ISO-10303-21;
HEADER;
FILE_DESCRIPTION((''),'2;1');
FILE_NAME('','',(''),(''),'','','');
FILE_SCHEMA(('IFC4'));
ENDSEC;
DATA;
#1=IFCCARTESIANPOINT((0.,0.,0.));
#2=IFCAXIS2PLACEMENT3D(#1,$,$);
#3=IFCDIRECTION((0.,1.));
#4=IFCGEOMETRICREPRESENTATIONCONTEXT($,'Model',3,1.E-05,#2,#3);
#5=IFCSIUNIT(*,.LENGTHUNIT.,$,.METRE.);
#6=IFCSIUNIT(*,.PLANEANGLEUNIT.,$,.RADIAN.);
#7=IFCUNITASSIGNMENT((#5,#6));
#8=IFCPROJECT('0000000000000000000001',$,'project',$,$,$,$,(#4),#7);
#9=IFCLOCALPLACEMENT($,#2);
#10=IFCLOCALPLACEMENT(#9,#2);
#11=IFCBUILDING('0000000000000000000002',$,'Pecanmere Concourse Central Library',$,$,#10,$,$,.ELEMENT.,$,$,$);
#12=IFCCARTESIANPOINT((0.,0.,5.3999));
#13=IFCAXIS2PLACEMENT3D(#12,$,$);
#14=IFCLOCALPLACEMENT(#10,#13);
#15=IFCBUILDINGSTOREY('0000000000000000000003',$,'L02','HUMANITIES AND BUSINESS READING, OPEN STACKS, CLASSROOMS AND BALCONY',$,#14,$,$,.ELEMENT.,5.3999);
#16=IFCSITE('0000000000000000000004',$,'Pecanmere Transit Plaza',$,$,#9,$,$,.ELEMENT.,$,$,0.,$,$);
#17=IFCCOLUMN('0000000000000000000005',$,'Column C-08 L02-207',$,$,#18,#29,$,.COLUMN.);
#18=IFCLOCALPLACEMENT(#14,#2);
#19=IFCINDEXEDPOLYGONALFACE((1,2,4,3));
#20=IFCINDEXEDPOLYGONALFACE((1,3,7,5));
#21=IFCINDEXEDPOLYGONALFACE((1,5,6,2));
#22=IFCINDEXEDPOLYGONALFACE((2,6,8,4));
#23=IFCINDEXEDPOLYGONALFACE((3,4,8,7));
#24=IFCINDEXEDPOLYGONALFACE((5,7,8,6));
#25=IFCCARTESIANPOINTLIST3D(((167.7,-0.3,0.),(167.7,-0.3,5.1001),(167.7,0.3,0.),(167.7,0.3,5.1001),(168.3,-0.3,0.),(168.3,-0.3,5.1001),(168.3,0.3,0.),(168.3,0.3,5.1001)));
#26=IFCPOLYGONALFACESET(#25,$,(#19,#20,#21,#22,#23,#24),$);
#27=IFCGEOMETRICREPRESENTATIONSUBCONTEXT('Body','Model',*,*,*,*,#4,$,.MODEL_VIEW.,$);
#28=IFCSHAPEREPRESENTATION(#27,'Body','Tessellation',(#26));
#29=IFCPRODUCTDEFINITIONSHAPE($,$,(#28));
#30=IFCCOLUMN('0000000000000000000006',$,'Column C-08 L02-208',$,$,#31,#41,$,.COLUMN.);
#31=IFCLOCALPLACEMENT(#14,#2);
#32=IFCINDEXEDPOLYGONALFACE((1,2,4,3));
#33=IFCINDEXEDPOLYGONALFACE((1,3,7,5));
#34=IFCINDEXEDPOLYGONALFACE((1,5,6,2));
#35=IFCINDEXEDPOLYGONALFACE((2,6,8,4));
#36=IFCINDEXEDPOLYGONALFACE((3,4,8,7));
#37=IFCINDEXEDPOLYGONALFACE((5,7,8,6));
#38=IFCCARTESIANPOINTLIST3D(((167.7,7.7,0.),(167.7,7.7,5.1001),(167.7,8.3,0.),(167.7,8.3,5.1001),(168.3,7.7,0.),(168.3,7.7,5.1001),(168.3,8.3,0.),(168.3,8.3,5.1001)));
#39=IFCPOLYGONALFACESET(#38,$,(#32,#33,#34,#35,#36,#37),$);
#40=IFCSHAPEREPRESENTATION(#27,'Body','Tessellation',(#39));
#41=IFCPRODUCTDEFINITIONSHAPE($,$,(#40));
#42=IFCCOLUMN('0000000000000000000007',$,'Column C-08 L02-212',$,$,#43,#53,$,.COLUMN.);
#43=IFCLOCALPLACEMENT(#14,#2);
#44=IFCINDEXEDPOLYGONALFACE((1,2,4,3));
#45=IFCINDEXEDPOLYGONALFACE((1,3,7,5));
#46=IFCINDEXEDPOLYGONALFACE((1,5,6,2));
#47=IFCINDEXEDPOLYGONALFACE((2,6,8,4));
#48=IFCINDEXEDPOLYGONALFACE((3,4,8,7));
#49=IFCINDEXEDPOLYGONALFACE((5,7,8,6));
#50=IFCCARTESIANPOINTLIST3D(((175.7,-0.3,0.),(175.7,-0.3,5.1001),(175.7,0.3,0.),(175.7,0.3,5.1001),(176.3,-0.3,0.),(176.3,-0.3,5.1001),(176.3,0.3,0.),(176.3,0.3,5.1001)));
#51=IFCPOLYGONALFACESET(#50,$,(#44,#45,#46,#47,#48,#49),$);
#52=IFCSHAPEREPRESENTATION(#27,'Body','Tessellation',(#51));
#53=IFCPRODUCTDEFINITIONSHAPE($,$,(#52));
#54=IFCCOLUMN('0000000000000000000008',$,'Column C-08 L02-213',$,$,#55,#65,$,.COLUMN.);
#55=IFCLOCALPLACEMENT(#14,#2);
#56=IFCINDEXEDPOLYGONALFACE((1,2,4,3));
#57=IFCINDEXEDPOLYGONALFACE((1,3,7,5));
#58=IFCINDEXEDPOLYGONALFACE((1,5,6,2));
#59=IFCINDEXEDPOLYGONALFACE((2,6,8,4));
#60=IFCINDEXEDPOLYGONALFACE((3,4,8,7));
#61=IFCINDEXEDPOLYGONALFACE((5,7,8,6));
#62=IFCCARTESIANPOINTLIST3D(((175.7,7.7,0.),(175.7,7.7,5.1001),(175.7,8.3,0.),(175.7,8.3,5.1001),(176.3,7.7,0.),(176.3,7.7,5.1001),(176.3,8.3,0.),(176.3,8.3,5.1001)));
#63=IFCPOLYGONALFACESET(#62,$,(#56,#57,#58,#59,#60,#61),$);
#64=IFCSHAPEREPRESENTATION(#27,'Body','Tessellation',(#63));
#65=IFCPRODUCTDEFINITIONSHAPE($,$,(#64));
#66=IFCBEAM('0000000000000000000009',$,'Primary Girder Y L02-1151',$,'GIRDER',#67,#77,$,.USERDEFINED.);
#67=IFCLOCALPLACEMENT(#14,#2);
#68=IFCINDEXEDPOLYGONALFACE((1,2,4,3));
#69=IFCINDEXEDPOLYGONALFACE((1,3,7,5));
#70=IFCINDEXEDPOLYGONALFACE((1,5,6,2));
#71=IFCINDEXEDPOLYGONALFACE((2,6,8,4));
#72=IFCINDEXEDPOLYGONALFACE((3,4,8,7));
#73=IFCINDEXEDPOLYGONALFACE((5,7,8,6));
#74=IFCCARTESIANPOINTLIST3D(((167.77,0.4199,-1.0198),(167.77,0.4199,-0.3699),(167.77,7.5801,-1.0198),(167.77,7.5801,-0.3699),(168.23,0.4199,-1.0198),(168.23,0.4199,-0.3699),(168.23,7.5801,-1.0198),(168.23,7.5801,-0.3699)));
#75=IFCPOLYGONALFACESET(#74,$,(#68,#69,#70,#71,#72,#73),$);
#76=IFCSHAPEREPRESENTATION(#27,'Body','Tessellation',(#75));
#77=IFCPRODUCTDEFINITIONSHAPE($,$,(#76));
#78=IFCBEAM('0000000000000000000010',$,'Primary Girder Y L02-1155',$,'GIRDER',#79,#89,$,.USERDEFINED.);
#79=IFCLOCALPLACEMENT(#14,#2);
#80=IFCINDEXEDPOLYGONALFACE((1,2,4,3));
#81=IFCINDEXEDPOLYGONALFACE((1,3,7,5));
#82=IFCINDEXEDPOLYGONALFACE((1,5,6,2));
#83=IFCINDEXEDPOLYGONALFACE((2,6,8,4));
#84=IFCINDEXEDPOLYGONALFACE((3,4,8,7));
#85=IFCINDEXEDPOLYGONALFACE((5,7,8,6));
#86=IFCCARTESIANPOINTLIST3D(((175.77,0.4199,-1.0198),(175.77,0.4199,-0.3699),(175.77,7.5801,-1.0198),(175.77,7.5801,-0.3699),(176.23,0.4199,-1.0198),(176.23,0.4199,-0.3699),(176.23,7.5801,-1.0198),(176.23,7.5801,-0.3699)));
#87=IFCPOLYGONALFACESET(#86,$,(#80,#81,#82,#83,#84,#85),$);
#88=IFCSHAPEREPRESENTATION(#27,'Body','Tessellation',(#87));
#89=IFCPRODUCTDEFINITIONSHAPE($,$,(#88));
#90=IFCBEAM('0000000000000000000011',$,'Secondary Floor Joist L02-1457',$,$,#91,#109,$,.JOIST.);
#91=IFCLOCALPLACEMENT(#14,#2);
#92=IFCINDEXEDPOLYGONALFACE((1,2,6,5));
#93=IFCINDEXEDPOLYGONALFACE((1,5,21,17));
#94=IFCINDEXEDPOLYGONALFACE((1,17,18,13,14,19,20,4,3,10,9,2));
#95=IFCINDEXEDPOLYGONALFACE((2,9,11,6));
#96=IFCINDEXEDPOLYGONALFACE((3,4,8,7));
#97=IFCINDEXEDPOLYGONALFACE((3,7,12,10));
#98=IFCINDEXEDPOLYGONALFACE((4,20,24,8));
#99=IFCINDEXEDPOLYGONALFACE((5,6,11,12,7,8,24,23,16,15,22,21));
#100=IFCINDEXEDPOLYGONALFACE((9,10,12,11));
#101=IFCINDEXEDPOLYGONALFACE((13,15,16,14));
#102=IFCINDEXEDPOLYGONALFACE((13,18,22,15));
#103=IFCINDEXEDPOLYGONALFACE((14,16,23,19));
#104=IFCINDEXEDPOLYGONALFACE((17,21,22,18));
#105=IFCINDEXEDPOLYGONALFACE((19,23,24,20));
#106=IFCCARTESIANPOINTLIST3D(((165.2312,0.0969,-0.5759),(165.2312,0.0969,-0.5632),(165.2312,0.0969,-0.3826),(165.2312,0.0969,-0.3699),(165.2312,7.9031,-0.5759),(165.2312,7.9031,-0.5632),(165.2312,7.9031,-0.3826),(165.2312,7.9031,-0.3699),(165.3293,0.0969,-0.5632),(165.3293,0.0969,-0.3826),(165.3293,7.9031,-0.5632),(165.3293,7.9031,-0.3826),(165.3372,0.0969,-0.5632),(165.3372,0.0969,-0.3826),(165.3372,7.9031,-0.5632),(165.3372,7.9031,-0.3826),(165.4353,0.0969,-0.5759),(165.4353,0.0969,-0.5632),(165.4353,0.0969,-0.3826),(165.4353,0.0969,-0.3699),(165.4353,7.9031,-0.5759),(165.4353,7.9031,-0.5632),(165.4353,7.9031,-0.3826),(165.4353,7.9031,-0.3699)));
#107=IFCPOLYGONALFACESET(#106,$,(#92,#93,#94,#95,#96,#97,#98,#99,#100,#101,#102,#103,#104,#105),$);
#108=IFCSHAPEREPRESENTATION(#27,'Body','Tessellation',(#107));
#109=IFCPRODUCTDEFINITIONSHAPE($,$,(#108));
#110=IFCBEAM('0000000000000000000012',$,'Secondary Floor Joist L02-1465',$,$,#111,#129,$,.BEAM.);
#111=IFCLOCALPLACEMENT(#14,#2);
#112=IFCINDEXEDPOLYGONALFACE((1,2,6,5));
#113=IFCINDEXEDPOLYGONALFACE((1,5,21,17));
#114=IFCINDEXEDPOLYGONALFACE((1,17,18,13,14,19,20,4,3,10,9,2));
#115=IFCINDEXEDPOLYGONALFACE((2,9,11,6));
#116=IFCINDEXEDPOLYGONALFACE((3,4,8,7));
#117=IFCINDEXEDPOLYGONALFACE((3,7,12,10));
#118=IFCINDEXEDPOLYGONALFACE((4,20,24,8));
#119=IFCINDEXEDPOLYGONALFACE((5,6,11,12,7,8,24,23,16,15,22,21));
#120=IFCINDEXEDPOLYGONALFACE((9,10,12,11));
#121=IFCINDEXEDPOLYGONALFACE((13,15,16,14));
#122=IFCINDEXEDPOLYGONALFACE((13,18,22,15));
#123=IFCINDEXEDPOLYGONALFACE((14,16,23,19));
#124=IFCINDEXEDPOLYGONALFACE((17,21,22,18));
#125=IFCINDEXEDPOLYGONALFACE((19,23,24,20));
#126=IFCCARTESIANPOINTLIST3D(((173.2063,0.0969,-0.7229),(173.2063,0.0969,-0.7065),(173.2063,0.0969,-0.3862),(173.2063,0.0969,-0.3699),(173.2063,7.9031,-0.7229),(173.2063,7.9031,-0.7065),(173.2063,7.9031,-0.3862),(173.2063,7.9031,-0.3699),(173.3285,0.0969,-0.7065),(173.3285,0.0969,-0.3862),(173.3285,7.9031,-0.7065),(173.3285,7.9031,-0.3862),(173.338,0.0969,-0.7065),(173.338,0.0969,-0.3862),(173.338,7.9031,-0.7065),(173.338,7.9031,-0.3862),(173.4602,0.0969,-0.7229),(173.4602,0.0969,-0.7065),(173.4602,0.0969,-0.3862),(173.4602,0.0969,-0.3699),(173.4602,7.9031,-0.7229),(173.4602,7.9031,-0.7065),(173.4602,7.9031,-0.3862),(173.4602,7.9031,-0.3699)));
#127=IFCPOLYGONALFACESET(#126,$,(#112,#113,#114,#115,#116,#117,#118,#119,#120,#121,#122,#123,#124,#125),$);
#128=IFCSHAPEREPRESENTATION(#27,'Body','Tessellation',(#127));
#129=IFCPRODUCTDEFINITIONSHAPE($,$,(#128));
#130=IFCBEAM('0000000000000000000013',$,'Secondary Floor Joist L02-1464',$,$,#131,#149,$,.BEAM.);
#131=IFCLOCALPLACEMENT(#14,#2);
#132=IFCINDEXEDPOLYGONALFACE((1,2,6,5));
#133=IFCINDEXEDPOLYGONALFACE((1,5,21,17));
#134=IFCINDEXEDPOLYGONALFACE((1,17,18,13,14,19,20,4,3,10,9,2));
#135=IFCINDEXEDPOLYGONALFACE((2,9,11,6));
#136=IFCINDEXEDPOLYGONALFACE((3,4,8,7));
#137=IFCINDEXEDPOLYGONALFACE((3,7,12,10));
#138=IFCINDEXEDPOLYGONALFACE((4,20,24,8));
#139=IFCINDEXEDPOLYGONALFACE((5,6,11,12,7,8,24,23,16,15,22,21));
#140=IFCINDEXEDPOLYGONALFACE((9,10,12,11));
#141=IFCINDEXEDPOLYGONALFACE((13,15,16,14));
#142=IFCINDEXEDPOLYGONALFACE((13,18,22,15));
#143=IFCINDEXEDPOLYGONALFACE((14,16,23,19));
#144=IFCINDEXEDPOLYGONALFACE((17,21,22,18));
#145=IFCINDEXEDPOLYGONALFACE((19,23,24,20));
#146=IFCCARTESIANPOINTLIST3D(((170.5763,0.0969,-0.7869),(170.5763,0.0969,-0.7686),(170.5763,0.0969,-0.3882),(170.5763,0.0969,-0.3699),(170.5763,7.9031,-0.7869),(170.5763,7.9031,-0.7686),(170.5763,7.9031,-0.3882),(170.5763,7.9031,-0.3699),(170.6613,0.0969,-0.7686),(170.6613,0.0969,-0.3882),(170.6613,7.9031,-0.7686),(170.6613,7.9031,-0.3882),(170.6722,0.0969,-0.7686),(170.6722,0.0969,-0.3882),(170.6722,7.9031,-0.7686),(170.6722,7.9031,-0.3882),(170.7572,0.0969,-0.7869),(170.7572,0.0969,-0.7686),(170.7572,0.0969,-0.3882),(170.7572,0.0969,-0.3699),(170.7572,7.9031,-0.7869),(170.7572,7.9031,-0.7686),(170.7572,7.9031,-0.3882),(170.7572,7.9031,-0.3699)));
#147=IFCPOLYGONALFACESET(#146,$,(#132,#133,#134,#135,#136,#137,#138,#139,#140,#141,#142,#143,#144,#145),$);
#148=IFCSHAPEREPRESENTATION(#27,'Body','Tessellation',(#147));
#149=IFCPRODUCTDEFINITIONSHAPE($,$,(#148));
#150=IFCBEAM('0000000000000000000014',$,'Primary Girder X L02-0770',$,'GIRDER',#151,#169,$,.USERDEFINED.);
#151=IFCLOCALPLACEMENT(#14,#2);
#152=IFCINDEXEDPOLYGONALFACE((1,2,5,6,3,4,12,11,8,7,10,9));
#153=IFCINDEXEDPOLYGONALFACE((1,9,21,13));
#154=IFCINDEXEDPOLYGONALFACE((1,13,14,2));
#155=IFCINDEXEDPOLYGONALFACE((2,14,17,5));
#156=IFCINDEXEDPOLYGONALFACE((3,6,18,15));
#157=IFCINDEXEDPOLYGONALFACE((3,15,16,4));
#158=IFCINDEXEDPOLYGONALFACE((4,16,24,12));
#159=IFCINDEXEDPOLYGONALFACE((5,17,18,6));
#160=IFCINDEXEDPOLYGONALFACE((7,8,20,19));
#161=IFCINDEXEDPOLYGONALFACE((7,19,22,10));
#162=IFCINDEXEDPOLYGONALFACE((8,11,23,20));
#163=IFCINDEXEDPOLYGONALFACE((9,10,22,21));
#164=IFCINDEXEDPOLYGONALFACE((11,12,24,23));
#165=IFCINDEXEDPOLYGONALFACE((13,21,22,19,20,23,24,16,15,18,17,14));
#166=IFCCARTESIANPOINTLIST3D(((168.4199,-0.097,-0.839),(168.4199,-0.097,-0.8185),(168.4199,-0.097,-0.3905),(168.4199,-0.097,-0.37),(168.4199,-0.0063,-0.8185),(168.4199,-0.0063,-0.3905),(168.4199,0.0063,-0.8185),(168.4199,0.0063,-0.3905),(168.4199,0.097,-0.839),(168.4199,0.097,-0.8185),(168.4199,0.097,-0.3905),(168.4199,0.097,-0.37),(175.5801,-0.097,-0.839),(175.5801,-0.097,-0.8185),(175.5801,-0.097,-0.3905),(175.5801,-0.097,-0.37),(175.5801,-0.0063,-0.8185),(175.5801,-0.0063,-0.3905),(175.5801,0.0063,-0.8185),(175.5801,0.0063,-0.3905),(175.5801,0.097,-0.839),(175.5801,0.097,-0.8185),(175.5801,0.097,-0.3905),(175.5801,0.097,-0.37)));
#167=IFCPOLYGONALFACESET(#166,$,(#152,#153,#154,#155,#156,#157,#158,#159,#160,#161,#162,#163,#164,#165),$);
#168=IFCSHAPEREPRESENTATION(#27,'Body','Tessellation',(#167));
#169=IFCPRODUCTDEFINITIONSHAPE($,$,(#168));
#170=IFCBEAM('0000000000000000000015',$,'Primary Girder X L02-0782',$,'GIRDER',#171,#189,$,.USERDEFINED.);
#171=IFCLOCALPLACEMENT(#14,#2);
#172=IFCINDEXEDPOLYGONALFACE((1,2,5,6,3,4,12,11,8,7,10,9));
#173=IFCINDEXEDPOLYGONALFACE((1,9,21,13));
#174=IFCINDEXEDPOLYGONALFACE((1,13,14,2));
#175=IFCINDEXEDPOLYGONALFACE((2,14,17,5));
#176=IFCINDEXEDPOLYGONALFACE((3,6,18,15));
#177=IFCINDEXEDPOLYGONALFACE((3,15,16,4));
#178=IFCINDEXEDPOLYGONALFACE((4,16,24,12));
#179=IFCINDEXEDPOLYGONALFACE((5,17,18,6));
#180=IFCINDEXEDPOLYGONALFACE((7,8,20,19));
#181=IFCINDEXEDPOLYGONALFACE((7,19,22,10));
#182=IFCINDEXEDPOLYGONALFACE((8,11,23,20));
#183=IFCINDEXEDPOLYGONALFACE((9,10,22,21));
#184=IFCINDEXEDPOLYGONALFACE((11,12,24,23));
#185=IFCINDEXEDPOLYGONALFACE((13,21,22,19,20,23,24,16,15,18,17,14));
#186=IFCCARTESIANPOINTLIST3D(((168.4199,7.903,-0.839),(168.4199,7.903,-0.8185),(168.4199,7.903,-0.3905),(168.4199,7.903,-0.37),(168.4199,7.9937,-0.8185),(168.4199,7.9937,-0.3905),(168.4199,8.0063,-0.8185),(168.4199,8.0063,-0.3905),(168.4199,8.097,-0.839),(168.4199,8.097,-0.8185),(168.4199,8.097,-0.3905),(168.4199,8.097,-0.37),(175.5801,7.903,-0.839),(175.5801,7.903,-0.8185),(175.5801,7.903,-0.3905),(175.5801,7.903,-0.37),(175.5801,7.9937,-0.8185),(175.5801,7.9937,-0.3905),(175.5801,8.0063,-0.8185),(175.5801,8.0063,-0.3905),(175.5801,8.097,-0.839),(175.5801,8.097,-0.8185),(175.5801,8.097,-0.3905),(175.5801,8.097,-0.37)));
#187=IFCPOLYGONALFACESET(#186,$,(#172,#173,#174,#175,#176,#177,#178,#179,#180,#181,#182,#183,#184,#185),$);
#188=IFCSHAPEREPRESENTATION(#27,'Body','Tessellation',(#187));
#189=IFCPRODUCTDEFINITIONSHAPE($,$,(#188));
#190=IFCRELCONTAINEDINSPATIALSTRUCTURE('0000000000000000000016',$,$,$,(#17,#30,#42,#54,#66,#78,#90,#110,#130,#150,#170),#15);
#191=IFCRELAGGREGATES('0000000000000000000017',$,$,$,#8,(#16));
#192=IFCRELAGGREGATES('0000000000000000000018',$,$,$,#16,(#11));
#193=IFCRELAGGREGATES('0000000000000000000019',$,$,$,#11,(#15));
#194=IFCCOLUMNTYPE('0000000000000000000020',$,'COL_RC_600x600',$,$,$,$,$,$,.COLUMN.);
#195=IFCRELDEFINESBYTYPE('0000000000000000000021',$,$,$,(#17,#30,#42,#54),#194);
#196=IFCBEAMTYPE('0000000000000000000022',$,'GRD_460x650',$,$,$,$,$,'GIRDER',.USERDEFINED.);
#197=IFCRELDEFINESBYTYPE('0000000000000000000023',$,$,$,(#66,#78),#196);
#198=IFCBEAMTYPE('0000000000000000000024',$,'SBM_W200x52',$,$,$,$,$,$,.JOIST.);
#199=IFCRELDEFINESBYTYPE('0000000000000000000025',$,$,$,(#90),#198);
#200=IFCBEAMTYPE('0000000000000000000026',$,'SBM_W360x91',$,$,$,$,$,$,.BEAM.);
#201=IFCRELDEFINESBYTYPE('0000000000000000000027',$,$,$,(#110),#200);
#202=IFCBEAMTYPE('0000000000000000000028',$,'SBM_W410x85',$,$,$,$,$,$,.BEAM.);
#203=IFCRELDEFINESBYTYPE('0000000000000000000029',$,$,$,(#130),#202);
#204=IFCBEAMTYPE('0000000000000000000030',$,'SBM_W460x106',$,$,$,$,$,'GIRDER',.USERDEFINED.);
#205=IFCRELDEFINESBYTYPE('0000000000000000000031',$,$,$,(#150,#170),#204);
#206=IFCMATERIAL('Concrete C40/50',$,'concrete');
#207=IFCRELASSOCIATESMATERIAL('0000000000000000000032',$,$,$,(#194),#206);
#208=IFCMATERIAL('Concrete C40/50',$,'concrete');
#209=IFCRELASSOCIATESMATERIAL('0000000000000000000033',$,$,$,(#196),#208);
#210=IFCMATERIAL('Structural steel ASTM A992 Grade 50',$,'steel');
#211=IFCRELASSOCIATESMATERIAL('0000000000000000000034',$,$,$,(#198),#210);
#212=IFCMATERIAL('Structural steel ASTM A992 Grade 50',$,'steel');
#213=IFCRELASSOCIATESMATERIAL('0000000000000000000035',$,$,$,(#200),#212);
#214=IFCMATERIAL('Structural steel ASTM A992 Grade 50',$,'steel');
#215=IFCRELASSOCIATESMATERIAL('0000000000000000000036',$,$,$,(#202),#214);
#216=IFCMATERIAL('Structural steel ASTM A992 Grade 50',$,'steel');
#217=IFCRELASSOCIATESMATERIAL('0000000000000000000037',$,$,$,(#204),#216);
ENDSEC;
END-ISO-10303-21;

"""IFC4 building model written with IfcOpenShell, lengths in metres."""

from ifc_helpers import new_model, si_unit, direction, frame, origin, origin_2d, place, context, subcontext, project, spatial, rectangle, i_section, extrude, material, material_profile, profile_set, type_object, element, save


model = new_model("IFC4")

# Units and contexts
model_context = context("Model", 3, precision=1e-05, world=origin(), true_north=direction((0.0, 1.0)))
body_context = subcontext(model_context, "Body", "Model", "MODEL_VIEW")
ifc_project = project(units=[si_unit("LENGTHUNIT", "METRE"), si_unit("PLANEANGLEUNIT", "RADIAN")], contexts=[model_context])

# Site, building, storey
site_placement = place(None, origin())
site = spatial("IfcSite", under=ifc_project, at=site_placement, Name="Pecanmere Transit Plaza", CompositionType="ELEMENT", RefElevation=0.0)
building_placement = place(site_placement, origin())
building = spatial("IfcBuilding", under=site, at=building_placement, Name="Pecanmere Concourse Central Library", CompositionType="ELEMENT")
storey_placement = place(building_placement, frame((0.0, 0.0, 5.3999)))
storey = spatial("IfcBuildingStorey", under=building, at=storey_placement, Name="L02", Description="HUMANITIES AND BUSINESS READING, OPEN STACKS, CLASSROOMS AND BALCONY", CompositionType="ELEMENT", Elevation=5.3999)

# Columns
ifc_material_1 = material(Name="Concrete C40/50", Category="concrete")
ifc_material_profile_1 = material_profile(ifc_material_1, rectangle(XDim=0.6001, YDim=0.6001, at=origin_2d()), Name="RC 600x600")
ifc_profile_set_1 = profile_set([ifc_material_profile_1], Name="Concrete C40/50")
column_type = type_object("IfcColumnType", Name="COL_RC_600x600", PredefinedType="COLUMN", material=ifc_profile_set_1)
for number, where, z_axis, x_axis, name in (
    (1, (168.0, 0.0, 0.0), (0.0, 0.0, 1.0), (1.0, 0.0, 0.0), "Column C-08 L02-207"),
    (2, (168.0, 8.0, 0.0), (0.0, 0.0, 1.0), (1.0, 0.0, 0.0), "Column C-08 L02-208"),
    (3, (176.0, 0.0, 0.0), (0.0, 0.0, 1.0), (1.0, 0.0, 0.0), "Column C-08 L02-212"),
    (4, (176.0, 8.0, 0.0), (0.0, 0.0, 1.0), (1.0, 0.0, 0.0), "Column C-08 L02-213"),
):
    element("IfcColumn", number, at=place(storey_placement, frame(where, z_axis=z_axis, x_axis=x_axis)), inside=storey, type_object=column_type, Name=name, PredefinedType="COLUMN", context=body_context, shape_type="SweptSolid", body=[
        extrude(rectangle(XDim=0.6001, YDim=0.6001, at=origin_2d()), origin(), (0.0, 0.0, 1.0), 5.1001),
    ])

# Beams
ifc_material_2 = material(Name="Concrete C40/50", Category="concrete")
ifc_material_profile_2 = material_profile(ifc_material_2, rectangle(XDim=0.46, YDim=0.6499, at=origin_2d()), Name="RC 460x650")
ifc_profile_set_2 = profile_set([ifc_material_profile_2], Name="Concrete C40/50")
beam_type_1 = type_object("IfcBeamType", Name="GRD_460x650", ElementType="GIRDER", PredefinedType="USERDEFINED", material=ifc_profile_set_2)
for number, where, z_axis, x_axis, name in (
    (5, (168.0, 0.4199, -0.6948), (0.0, 1.0, 0.0), (-1.0, 0.0, 0.0), "Primary Girder Y L02-1151"),
    (6, (176.0, 0.4199, -0.6948), (0.0, 1.0, 0.0), (-1.0, 0.0, 0.0), "Primary Girder Y L02-1155"),
):
    element("IfcBeam", number, at=place(storey_placement, frame(where, z_axis=z_axis, x_axis=x_axis)), inside=storey, type_object=beam_type_1, Name=name, ObjectType="GIRDER", PredefinedType="USERDEFINED", context=body_context, shape_type="SweptSolid", body=[
        extrude(rectangle(XDim=0.46, YDim=0.6499, at=origin_2d()), origin(), (0.0, 0.0, 1.0), 7.1602),
    ])
ifc_material_3 = material(Name="Structural steel ASTM A992 Grade 50", Category="steel")
ifc_material_profile_3 = material_profile(ifc_material_3, i_section(OverallWidth=0.2041, OverallDepth=0.2061, WebThickness=0.0078, FlangeThickness=0.0127, at=origin_2d()), Name="W200x52")
ifc_profile_set_3 = profile_set([ifc_material_profile_3], Name="Structural steel ASTM A992 Grade 50")
beam_type_2 = type_object("IfcBeamType", Name="SBM_W200x52", PredefinedType="JOIST", material=ifc_profile_set_3)
beam_1_placement = place(storey_placement, frame((165.3333, 0.0969, -0.4729), z_axis=(0.0, 1.0, 0.0), x_axis=(-1.0, 0.0, 0.0)))
element("IfcBeam", 7, at=beam_1_placement, inside=storey, type_object=beam_type_2, Name="Secondary Floor Joist L02-1457", PredefinedType="JOIST", context=body_context, shape_type="SweptSolid", body=[
    extrude(i_section(OverallWidth=0.2041, OverallDepth=0.2061, WebThickness=0.0078, FlangeThickness=0.0127, at=origin_2d()), origin(), (0.0, 0.0, 1.0), 7.8062),
])
ifc_material_4 = material(Name="Structural steel ASTM A992 Grade 50", Category="steel")
ifc_material_profile_4 = material_profile(ifc_material_4, i_section(OverallWidth=0.2539, OverallDepth=0.353, WebThickness=0.0095, FlangeThickness=0.0164, at=origin_2d()), Name="W360x91")
ifc_profile_set_4 = profile_set([ifc_material_profile_4], Name="Structural steel ASTM A992 Grade 50")
beam_type_3 = type_object("IfcBeamType", Name="SBM_W360x91", PredefinedType="BEAM", material=ifc_profile_set_4)
beam_2_placement = place(storey_placement, frame((173.3333, 0.0969, -0.5464), z_axis=(0.0, 1.0, 0.0), x_axis=(-1.0, 0.0, 0.0)))
element("IfcBeam", 8, at=beam_2_placement, inside=storey, type_object=beam_type_3, Name="Secondary Floor Joist L02-1465", PredefinedType="BEAM", context=body_context, shape_type="SweptSolid", body=[
    extrude(i_section(OverallWidth=0.2539, OverallDepth=0.353, WebThickness=0.0095, FlangeThickness=0.0164, at=origin_2d()), origin(), (0.0, 0.0, 1.0), 7.8062),
])
ifc_material_5 = material(Name="Structural steel ASTM A992 Grade 50", Category="steel")
ifc_material_profile_5 = material_profile(ifc_material_5, i_section(OverallWidth=0.1809, OverallDepth=0.417, WebThickness=0.011, FlangeThickness=0.0183, at=origin_2d()), Name="W410x85")
ifc_profile_set_5 = profile_set([ifc_material_profile_5], Name="Structural steel ASTM A992 Grade 50")
beam_type_4 = type_object("IfcBeamType", Name="SBM_W410x85", PredefinedType="BEAM", material=ifc_profile_set_5)
beam_3_placement = place(storey_placement, frame((170.6667, 0.0969, -0.5784), z_axis=(0.0, 1.0, 0.0), x_axis=(-1.0, 0.0, 0.0)))
element("IfcBeam", 9, at=beam_3_placement, inside=storey, type_object=beam_type_4, Name="Secondary Floor Joist L02-1464", PredefinedType="BEAM", context=body_context, shape_type="SweptSolid", body=[
    extrude(i_section(OverallWidth=0.1809, OverallDepth=0.417, WebThickness=0.011, FlangeThickness=0.0183, at=origin_2d()), origin(), (0.0, 0.0, 1.0), 7.8062),
])
ifc_material_6 = material(Name="Structural steel ASTM A992 Grade 50", Category="steel")
ifc_material_profile_6 = material_profile(ifc_material_6, i_section(OverallWidth=0.1941, OverallDepth=0.469, WebThickness=0.0127, FlangeThickness=0.0205, at=origin_2d()), Name="W460x106")
ifc_profile_set_6 = profile_set([ifc_material_profile_6], Name="Structural steel ASTM A992 Grade 50")
beam_type_5 = type_object("IfcBeamType", Name="SBM_W460x106", ElementType="GIRDER", PredefinedType="USERDEFINED", material=ifc_profile_set_6)
for number, where, z_axis, x_axis, name in (
    (10, (168.4199, 0.0, -0.6045), (1.0, 0.0, 0.0), (0.0, 1.0, 0.0), "Primary Girder X L02-0770"),
    (11, (168.4199, 8.0, -0.6045), (1.0, 0.0, 0.0), (0.0, 1.0, 0.0), "Primary Girder X L02-0782"),
):
    element("IfcBeam", number, at=place(storey_placement, frame(where, z_axis=z_axis, x_axis=x_axis)), inside=storey, type_object=beam_type_5, Name=name, ObjectType="GIRDER", PredefinedType="USERDEFINED", context=body_context, shape_type="SweptSolid", body=[
        extrude(i_section(OverallWidth=0.1941, OverallDepth=0.469, WebThickness=0.0127, FlangeThickness=0.0205, at=origin_2d()), origin(), (0.0, 0.0, 1.0), 7.1602),
    ])

save(model, "model.ifc")
